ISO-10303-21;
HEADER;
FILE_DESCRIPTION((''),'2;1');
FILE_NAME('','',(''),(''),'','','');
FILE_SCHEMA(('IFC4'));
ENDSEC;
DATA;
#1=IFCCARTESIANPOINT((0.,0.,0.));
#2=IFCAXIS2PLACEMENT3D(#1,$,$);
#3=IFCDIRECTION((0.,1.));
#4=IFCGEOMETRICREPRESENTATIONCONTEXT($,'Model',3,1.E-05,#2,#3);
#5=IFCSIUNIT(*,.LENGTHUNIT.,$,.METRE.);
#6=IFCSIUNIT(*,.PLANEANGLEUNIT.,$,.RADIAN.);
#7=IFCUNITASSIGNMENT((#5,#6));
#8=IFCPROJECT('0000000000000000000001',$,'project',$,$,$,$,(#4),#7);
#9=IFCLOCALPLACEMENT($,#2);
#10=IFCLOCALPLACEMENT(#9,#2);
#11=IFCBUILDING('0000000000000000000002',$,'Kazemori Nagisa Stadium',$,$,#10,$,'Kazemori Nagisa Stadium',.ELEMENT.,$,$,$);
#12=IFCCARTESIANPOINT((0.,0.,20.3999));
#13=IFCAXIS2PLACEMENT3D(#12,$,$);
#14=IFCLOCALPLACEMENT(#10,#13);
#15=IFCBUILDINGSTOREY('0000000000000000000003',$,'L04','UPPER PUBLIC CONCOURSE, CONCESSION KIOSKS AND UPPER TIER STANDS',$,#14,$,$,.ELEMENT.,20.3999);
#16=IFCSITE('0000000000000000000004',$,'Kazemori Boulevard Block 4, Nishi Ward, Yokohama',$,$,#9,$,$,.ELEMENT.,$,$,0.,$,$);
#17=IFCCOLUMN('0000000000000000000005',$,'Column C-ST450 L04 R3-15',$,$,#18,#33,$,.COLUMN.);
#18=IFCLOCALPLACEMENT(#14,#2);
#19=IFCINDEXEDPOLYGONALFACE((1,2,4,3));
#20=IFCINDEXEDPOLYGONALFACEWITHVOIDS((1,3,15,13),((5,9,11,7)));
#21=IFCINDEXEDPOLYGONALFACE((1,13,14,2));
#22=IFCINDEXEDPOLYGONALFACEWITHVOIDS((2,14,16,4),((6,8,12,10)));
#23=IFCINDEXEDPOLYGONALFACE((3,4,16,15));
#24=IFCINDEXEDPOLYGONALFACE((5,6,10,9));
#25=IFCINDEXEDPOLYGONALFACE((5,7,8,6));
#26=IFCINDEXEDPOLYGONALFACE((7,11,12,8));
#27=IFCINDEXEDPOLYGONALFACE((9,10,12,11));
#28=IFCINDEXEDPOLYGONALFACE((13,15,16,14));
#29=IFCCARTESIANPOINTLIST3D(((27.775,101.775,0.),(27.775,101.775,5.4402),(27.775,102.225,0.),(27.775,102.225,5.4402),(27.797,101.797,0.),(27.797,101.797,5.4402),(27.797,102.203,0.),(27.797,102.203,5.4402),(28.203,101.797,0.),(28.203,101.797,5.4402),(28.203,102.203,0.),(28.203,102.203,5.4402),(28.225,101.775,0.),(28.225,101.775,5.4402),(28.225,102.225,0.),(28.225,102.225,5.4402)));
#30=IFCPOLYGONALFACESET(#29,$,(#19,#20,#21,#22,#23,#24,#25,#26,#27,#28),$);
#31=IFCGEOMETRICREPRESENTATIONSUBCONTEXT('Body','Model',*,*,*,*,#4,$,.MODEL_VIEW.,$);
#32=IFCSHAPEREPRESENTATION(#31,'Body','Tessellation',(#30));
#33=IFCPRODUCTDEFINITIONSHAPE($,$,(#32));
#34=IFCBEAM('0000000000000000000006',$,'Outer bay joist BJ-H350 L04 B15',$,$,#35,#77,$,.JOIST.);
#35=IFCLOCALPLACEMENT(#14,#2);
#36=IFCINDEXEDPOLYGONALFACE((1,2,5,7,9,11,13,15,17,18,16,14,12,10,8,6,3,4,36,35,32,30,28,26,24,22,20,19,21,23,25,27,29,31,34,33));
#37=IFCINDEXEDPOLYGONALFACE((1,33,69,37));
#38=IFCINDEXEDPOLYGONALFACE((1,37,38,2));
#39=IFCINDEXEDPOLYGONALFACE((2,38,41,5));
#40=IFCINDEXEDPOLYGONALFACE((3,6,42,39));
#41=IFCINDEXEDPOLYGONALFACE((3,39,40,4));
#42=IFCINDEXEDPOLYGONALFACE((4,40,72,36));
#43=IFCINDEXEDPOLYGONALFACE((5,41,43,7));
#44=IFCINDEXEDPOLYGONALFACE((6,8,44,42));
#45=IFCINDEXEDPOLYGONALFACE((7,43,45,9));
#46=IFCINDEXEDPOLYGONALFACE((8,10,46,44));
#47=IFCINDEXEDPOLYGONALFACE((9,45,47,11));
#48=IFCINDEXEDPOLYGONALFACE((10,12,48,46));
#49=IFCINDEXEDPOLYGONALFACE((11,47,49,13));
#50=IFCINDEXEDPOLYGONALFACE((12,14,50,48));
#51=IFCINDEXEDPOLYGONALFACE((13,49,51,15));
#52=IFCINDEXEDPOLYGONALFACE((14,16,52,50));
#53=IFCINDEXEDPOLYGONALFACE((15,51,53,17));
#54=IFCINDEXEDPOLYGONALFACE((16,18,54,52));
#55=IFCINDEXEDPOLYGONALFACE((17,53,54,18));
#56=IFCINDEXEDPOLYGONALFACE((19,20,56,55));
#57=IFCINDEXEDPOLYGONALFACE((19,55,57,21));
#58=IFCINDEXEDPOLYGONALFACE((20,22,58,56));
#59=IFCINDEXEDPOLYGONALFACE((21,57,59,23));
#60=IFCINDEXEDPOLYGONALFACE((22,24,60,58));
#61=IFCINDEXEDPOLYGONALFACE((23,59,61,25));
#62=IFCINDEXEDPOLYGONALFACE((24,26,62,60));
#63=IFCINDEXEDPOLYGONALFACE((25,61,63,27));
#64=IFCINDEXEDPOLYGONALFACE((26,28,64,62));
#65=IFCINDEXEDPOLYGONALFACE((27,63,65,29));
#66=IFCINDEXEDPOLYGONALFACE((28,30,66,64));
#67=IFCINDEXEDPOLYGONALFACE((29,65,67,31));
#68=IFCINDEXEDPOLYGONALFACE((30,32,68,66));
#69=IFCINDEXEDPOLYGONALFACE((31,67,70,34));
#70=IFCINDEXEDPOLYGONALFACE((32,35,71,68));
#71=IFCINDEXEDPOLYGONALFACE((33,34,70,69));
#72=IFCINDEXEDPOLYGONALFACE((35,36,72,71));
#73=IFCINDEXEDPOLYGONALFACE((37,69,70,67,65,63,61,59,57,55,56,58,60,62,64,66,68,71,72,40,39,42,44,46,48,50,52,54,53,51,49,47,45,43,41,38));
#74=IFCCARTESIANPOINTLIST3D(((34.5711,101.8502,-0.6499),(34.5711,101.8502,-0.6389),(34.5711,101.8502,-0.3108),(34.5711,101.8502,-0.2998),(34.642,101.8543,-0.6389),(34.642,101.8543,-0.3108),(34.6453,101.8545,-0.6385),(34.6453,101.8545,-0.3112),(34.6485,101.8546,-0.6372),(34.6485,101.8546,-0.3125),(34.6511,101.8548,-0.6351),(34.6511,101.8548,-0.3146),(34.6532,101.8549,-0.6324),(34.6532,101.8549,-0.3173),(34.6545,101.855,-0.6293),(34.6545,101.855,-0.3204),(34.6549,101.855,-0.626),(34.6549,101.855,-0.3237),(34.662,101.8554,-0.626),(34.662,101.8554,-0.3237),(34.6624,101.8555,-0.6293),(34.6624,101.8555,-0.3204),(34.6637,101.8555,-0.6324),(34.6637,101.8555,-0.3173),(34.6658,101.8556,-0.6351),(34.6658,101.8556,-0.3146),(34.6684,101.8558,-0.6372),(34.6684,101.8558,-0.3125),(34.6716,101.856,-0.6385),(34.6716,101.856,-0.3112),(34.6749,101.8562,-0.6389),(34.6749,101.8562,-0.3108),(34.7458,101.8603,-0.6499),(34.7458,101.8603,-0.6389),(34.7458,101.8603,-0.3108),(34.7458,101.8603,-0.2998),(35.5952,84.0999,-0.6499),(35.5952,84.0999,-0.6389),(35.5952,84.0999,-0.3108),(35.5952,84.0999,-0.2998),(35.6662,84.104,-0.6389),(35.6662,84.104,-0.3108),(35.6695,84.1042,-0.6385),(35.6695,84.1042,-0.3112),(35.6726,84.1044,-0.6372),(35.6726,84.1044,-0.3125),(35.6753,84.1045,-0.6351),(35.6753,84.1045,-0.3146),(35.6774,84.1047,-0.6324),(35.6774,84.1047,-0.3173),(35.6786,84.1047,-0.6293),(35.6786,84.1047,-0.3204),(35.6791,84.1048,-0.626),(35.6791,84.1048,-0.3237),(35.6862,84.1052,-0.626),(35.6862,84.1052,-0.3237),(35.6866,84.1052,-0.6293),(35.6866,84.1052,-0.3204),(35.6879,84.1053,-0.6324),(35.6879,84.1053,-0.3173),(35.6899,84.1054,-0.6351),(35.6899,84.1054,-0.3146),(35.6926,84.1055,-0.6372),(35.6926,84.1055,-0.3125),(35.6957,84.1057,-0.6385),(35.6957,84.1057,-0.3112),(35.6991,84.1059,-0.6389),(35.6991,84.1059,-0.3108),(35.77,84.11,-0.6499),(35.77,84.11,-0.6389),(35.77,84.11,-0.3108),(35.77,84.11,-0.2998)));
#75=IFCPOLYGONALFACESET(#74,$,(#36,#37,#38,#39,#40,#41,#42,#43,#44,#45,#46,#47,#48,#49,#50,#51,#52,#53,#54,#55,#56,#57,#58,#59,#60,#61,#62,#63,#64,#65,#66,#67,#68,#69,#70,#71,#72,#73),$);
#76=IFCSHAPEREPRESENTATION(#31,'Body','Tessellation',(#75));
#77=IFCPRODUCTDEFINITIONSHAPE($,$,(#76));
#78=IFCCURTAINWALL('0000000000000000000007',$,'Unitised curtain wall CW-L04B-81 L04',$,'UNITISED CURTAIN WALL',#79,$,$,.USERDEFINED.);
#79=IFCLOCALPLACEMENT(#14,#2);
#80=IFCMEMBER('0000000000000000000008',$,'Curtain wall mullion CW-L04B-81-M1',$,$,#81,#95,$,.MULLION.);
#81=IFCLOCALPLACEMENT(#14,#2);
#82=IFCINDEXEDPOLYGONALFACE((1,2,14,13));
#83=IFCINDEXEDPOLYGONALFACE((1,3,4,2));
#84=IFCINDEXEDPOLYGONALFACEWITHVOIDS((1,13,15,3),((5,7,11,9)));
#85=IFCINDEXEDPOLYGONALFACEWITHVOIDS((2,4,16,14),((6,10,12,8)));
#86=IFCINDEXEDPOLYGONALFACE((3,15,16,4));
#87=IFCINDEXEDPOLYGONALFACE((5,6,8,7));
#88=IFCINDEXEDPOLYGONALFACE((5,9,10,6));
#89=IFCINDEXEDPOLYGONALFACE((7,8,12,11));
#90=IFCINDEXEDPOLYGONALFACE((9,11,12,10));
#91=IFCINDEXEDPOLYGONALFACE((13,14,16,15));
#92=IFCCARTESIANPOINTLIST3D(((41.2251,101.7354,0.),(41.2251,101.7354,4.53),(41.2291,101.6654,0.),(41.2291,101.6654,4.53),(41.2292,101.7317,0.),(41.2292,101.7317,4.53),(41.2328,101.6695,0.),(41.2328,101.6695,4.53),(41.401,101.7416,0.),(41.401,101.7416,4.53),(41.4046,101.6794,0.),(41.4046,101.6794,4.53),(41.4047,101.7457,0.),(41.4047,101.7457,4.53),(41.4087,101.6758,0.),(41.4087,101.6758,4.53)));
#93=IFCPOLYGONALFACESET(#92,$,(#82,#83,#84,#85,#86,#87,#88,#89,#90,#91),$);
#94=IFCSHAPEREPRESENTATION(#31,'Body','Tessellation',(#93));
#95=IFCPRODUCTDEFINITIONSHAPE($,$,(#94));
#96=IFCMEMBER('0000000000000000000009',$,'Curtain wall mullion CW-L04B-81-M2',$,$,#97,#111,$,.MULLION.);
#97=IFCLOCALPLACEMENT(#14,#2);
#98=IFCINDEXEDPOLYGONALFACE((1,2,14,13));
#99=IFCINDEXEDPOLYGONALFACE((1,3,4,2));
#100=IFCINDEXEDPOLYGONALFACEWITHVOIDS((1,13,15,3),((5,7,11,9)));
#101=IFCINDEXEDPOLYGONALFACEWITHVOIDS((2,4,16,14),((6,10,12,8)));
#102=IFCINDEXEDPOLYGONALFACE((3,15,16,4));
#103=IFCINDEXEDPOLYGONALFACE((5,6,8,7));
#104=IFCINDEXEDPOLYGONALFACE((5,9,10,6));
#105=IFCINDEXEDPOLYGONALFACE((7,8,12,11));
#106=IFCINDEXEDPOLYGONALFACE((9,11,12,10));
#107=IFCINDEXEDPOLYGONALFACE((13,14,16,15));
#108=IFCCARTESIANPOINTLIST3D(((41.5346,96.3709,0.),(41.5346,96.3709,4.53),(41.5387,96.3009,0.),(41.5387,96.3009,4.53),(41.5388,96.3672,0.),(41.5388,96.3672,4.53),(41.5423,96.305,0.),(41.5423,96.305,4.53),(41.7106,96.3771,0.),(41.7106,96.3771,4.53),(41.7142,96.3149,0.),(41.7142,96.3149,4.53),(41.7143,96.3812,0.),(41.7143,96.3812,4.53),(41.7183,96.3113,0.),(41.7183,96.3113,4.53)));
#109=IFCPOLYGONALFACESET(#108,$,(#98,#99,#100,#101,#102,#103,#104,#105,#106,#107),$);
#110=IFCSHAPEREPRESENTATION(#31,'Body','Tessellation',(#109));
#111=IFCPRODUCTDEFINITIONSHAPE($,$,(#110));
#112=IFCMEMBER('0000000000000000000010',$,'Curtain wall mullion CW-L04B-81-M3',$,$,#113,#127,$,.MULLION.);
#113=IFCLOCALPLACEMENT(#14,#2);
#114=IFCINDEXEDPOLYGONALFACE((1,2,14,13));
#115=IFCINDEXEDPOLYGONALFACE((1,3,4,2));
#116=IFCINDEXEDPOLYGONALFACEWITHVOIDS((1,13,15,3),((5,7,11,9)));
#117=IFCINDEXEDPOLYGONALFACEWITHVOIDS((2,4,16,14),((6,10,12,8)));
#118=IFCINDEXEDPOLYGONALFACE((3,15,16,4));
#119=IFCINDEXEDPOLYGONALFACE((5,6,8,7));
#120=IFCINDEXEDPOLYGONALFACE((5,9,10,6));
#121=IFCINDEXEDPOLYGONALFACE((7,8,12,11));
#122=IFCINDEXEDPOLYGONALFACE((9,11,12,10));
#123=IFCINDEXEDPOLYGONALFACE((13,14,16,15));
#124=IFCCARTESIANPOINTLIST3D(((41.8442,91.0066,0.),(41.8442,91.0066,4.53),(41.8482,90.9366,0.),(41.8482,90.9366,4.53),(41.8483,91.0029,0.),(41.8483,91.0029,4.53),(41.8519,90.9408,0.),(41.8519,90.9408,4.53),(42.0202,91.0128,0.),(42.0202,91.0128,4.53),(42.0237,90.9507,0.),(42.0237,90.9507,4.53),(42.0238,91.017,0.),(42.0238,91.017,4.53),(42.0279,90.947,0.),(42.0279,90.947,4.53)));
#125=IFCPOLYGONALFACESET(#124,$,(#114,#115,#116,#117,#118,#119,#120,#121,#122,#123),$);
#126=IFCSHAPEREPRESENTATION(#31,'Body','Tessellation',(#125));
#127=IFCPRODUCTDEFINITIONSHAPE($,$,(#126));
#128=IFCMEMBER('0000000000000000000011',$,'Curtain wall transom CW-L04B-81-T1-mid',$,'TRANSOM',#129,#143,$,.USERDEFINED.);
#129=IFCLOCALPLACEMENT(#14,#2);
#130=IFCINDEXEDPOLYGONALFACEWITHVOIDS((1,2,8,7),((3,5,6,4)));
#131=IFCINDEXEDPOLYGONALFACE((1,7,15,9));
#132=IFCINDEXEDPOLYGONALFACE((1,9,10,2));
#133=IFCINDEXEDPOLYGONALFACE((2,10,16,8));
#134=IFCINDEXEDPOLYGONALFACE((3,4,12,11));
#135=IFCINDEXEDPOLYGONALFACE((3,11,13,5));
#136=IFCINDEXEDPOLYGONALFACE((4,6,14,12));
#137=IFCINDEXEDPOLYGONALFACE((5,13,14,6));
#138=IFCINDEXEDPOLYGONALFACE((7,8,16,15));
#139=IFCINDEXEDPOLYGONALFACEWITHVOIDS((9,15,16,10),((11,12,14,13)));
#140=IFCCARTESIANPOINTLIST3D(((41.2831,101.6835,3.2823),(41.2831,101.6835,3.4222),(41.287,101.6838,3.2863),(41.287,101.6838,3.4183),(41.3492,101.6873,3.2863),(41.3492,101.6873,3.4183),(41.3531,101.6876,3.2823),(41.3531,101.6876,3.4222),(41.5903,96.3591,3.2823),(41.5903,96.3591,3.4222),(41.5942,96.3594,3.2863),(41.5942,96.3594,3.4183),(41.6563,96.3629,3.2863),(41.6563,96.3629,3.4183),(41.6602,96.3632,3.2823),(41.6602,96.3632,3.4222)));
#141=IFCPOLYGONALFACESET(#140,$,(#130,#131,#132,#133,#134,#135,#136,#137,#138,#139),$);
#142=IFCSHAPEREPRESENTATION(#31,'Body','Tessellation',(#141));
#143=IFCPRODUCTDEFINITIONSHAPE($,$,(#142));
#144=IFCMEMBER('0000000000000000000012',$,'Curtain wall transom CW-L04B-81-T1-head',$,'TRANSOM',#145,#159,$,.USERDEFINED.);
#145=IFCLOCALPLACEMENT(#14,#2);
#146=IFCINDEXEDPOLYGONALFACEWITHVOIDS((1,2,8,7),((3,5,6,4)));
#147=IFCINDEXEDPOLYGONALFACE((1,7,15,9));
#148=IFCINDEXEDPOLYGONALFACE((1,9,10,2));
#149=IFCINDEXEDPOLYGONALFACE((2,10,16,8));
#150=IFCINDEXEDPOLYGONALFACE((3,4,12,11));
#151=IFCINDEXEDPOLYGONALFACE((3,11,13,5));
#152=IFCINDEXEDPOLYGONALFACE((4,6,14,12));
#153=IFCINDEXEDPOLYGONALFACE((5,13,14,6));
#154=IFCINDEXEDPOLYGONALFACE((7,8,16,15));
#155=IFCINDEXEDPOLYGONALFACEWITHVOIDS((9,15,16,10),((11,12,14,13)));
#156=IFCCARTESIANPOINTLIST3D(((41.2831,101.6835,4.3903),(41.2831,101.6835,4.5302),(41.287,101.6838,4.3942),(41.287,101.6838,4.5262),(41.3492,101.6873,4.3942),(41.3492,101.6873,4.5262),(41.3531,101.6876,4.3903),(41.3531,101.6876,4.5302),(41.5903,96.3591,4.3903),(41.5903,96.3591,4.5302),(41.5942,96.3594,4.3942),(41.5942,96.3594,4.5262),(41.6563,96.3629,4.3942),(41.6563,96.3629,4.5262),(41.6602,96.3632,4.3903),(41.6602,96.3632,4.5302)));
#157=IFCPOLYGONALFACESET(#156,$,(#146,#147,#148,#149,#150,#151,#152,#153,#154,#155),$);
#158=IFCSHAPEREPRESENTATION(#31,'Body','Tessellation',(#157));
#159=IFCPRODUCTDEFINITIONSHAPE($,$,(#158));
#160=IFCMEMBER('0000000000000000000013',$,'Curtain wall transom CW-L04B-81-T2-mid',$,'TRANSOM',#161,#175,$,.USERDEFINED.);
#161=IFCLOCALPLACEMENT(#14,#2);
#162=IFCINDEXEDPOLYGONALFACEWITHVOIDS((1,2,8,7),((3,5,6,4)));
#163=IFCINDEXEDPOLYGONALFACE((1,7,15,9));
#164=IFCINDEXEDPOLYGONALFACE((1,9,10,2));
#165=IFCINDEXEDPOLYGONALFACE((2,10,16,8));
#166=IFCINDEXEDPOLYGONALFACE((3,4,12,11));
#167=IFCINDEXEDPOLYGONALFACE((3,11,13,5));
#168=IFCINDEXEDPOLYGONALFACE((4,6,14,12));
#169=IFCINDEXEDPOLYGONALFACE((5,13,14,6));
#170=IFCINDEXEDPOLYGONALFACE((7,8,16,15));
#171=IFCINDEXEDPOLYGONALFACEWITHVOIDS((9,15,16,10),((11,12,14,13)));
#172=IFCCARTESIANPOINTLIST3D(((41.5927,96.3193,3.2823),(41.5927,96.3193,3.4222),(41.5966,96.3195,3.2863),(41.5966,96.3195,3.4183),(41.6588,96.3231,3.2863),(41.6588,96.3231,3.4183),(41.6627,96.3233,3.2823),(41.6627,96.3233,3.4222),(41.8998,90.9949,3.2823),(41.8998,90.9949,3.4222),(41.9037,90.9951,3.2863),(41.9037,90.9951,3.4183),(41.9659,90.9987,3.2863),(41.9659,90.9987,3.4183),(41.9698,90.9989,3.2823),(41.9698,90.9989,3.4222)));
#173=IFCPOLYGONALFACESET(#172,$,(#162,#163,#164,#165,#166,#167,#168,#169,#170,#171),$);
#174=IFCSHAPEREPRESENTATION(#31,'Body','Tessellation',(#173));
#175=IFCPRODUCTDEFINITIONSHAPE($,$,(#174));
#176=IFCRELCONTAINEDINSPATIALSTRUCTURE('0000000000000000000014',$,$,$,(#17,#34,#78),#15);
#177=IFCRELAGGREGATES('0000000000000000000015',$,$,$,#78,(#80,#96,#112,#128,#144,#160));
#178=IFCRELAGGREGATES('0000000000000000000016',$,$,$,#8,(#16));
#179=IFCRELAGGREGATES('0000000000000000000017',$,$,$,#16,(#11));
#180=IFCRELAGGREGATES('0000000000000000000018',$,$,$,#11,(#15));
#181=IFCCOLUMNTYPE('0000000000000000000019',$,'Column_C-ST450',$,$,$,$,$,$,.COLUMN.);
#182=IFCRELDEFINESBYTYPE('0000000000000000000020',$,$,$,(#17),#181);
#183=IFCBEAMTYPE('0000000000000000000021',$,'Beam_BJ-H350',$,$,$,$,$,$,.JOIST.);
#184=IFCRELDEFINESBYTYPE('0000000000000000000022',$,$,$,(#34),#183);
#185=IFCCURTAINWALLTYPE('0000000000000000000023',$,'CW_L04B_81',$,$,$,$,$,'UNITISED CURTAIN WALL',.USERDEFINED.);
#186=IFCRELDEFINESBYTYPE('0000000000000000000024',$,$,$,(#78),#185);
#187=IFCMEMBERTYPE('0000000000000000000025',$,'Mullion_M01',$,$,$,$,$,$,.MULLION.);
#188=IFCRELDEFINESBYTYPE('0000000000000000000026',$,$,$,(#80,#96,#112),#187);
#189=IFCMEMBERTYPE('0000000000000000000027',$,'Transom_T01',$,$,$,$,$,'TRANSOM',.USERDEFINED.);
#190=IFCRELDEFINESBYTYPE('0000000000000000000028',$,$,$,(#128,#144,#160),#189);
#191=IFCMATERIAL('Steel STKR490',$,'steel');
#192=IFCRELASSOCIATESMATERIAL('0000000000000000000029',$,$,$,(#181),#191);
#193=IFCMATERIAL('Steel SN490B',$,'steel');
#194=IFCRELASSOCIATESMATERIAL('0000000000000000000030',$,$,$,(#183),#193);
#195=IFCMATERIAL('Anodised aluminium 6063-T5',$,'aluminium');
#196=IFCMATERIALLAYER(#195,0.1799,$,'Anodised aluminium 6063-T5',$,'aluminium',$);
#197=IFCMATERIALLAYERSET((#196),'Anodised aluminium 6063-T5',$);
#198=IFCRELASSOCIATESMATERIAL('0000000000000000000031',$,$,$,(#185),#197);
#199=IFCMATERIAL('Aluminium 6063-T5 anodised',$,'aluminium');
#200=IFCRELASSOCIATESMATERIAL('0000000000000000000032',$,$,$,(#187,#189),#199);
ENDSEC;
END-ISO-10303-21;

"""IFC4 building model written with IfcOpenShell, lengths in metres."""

from ifc_helpers import new_model, si_unit, direction, frame, origin, origin_2d, place, context, subcontext, project, spatial, hollow_rectangle, i_section, extrude, material, layer, layer_set, material_profile, profile_set, type_object, element, aggregate, save


model = new_model("IFC4")

# Units and contexts
model_context = context("Model", 3, precision=1e-05, world=origin(), true_north=direction((0.0, 1.0)))
body_context = subcontext(model_context, "Body", "Model", "MODEL_VIEW")
ifc_project = project(units=[si_unit("LENGTHUNIT", "METRE"), si_unit("PLANEANGLEUNIT", "RADIAN")], contexts=[model_context])

# Site, building, storey
site_placement = place(None, origin())
site = spatial("IfcSite", under=ifc_project, at=site_placement, Name="Kazemori Boulevard Block 4, Nishi Ward, Yokohama", CompositionType="ELEMENT", RefElevation=0.0)
building_placement = place(site_placement, origin())
building = spatial("IfcBuilding", under=site, at=building_placement, Name="Kazemori Nagisa Stadium", LongName="Kazemori Nagisa Stadium", CompositionType="ELEMENT")
storey_placement = place(building_placement, frame((0.0, 0.0, 20.3999)))
storey = spatial("IfcBuildingStorey", under=building, at=storey_placement, Name="L04", Description="UPPER PUBLIC CONCOURSE, CONCESSION KIOSKS AND UPPER TIER STANDS", CompositionType="ELEMENT", Elevation=20.3999)

# Column
ifc_material_1 = material(Name="Steel STKR490", Category="steel")
ifc_material_profile_1 = material_profile(ifc_material_1, hollow_rectangle(XDim=0.45, YDim=0.45, WallThickness=0.022, at=origin_2d()), Name="SHS-450x450x22")
ifc_profile_set_1 = profile_set([ifc_material_profile_1], Name="Steel STKR490")
column_type = type_object("IfcColumnType", Name="Column_C-ST450", PredefinedType="COLUMN", material=ifc_profile_set_1)
column_placement = place(storey_placement, frame((28.0, 102.0, 0.0), z_axis=(0.0, 0.0, 1.0), x_axis=(-1.0, 0.0, 0.0)))
element("IfcColumn", 1, at=column_placement, inside=storey, type_object=column_type, Name="Column C-ST450 L04 R3-15", PredefinedType="COLUMN", context=body_context, shape_type="SweptSolid", body=[
    extrude(hollow_rectangle(XDim=0.45, YDim=0.45, WallThickness=0.022, at=origin_2d()), origin(), (0.0, 0.0, 1.0), 5.4402),
])

# Beam
ifc_material_2 = material(Name="Steel SN490B", Category="steel")
ifc_material_profile_2 = material_profile(ifc_material_2, i_section(OverallWidth=0.175, OverallDepth=0.3501, WebThickness=0.0071, FlangeThickness=0.011, FilletRadius=0.0129, at=origin_2d()), Name="H-350x175x7x11")
ifc_profile_set_2 = profile_set([ifc_material_profile_2], Name="Steel SN490B")
beam_type = type_object("IfcBeamType", Name="Beam_BJ-H350", PredefinedType="JOIST", material=ifc_profile_set_2)
beam_placement = place(storey_placement, frame((34.6584, 101.8552, -0.4749), z_axis=(0.057603, -0.99834, 0.0), x_axis=(0.99834, 0.057603, 0.0)))
element("IfcBeam", 2, at=beam_placement, inside=storey, type_object=beam_type, Name="Outer bay joist BJ-H350 L04 B15", PredefinedType="JOIST", context=body_context, shape_type="SweptSolid", body=[
    extrude(i_section(OverallWidth=0.175, OverallDepth=0.3501, WebThickness=0.0071, FlangeThickness=0.011, FilletRadius=0.0129, at=origin_2d()), origin(), (0.0, 0.0, 1.0), 17.7798),
])

# Curtain wall, members
ifc_material_3 = material(Name="Anodised aluminium 6063-T5", Category="aluminium")
ifc_layer_1 = layer(ifc_material_3, 0.1799, Name="Anodised aluminium 6063-T5", Category="aluminium")
ifc_layer_set_1 = layer_set([ifc_layer_1], Name="Anodised aluminium 6063-T5")
curtain_wall_type = type_object("IfcCurtainWallType", Name="CW_L04B_81", ElementType="UNITISED CURTAIN WALL", PredefinedType="USERDEFINED", material=ifc_layer_set_1)
curtain_wall_placement = place(storey_placement, origin())
curtain_wall = element("IfcCurtainWall", 3, at=curtain_wall_placement, inside=storey, type_object=curtain_wall_type, Name="Unitised curtain wall CW-L04B-81 L04", ObjectType="UNITISED CURTAIN WALL", PredefinedType="USERDEFINED")
ifc_material_4 = material(Name="Aluminium 6063-T5 anodised", Category="aluminium")
ifc_material_profile_3 = material_profile(ifc_material_4, hollow_rectangle(XDim=0.0701, YDim=0.1799, WallThickness=0.0039, at=origin_2d()), Name="ALU-MULL-70x180x4")
ifc_profile_set_3 = profile_set([ifc_material_profile_3], Name="Aluminium 6063-T5 anodised")
member_type_1 = type_object("IfcMemberType", Name="Mullion_M01", PredefinedType="MULLION", material=ifc_profile_set_3)
member_1_placement = place(storey_placement, frame((41.3169, 101.7056, 0.0), z_axis=(0.0, 0.0, 1.0), x_axis=(0.057602, -0.99834, 0.0)))
member_1 = element("IfcMember", 4, at=member_1_placement, type_object=member_type_1, Name="Curtain wall mullion CW-L04B-81-M1", PredefinedType="MULLION", context=body_context, shape_type="SweptSolid", body=[
    extrude(hollow_rectangle(XDim=0.0701, YDim=0.1799, WallThickness=0.0039, at=origin_2d()), origin(), (0.0, 0.0, 1.0), 4.53),
])
member_2_placement = place(storey_placement, frame((41.6265, 96.3411, 0.0), z_axis=(0.0, 0.0, 1.0), x_axis=(0.057602, -0.99834, 0.0)))
member_2 = element("IfcMember", 5, at=member_2_placement, type_object=member_type_1, Name="Curtain wall mullion CW-L04B-81-M2", PredefinedType="MULLION", context=body_context, shape_type="SweptSolid", body=[
    extrude(hollow_rectangle(XDim=0.0701, YDim=0.1799, WallThickness=0.0039, at=origin_2d()), origin(), (0.0, 0.0, 1.0), 4.53),
])
member_3_placement = place(storey_placement, frame((41.936, 90.9768, 0.0), z_axis=(0.0, 0.0, 1.0), x_axis=(0.057602, -0.99834, 0.0)))
member_3 = element("IfcMember", 6, at=member_3_placement, type_object=member_type_1, Name="Curtain wall mullion CW-L04B-81-M3", PredefinedType="MULLION", context=body_context, shape_type="SweptSolid", body=[
    extrude(hollow_rectangle(XDim=0.0701, YDim=0.1799, WallThickness=0.0039, at=origin_2d()), origin(), (0.0, 0.0, 1.0), 4.53),
])
ifc_material_profile_4 = material_profile(ifc_material_4, hollow_rectangle(XDim=0.0701, YDim=0.1399, WallThickness=0.0039, at=origin_2d()), Name="ALU-TRAN-70x140x4")
ifc_profile_set_4 = profile_set([ifc_material_profile_4], Name="Aluminium 6063-T5 anodised")
member_type_2 = type_object("IfcMemberType", Name="Transom_T01", ElementType="TRANSOM", PredefinedType="USERDEFINED", material=ifc_profile_set_4)
member_4_placement = place(storey_placement, frame((41.3181, 101.6855, 3.3523), z_axis=(0.057587, -0.99834, 0.0), x_axis=(0.99834, 0.057587, 0.0)))
member_4 = element("IfcMember", 7, at=member_4_placement, type_object=member_type_2, Name="Curtain wall transom CW-L04B-81-T1-mid", ObjectType="TRANSOM", PredefinedType="USERDEFINED", context=body_context, shape_type="SweptSolid", body=[
    extrude(hollow_rectangle(XDim=0.0701, YDim=0.1399, WallThickness=0.0039, at=origin_2d()), origin(), (0.0, 0.0, 1.0), 5.3333),
])
member_5_placement = place(storey_placement, frame((41.3181, 101.6855, 4.4602), z_axis=(0.057587, -0.99834, 0.0), x_axis=(0.99834, 0.057587, 0.0)))
member_5 = element("IfcMember", 8, at=member_5_placement, type_object=member_type_2, Name="Curtain wall transom CW-L04B-81-T1-head", ObjectType="TRANSOM", PredefinedType="USERDEFINED", context=body_context, shape_type="SweptSolid", body=[
    extrude(hollow_rectangle(XDim=0.0701, YDim=0.1399, WallThickness=0.0039, at=origin_2d()), origin(), (0.0, 0.0, 1.0), 5.3333),
])
member_6_placement = place(storey_placement, frame((41.6277, 96.3213, 3.3523), z_axis=(0.057587, -0.99834, 0.0), x_axis=(0.99834, 0.057587, 0.0)))
member_6 = element("IfcMember", 9, at=member_6_placement, type_object=member_type_2, Name="Curtain wall transom CW-L04B-81-T2-mid", ObjectType="TRANSOM", PredefinedType="USERDEFINED", context=body_context, shape_type="SweptSolid", body=[
    extrude(hollow_rectangle(XDim=0.0701, YDim=0.1399, WallThickness=0.0039, at=origin_2d()), origin(), (0.0, 0.0, 1.0), 5.3333),
])
aggregate(curtain_wall, [member_1, member_2, member_3, member_4, member_5, member_6])

save(model, "model.ifc")
